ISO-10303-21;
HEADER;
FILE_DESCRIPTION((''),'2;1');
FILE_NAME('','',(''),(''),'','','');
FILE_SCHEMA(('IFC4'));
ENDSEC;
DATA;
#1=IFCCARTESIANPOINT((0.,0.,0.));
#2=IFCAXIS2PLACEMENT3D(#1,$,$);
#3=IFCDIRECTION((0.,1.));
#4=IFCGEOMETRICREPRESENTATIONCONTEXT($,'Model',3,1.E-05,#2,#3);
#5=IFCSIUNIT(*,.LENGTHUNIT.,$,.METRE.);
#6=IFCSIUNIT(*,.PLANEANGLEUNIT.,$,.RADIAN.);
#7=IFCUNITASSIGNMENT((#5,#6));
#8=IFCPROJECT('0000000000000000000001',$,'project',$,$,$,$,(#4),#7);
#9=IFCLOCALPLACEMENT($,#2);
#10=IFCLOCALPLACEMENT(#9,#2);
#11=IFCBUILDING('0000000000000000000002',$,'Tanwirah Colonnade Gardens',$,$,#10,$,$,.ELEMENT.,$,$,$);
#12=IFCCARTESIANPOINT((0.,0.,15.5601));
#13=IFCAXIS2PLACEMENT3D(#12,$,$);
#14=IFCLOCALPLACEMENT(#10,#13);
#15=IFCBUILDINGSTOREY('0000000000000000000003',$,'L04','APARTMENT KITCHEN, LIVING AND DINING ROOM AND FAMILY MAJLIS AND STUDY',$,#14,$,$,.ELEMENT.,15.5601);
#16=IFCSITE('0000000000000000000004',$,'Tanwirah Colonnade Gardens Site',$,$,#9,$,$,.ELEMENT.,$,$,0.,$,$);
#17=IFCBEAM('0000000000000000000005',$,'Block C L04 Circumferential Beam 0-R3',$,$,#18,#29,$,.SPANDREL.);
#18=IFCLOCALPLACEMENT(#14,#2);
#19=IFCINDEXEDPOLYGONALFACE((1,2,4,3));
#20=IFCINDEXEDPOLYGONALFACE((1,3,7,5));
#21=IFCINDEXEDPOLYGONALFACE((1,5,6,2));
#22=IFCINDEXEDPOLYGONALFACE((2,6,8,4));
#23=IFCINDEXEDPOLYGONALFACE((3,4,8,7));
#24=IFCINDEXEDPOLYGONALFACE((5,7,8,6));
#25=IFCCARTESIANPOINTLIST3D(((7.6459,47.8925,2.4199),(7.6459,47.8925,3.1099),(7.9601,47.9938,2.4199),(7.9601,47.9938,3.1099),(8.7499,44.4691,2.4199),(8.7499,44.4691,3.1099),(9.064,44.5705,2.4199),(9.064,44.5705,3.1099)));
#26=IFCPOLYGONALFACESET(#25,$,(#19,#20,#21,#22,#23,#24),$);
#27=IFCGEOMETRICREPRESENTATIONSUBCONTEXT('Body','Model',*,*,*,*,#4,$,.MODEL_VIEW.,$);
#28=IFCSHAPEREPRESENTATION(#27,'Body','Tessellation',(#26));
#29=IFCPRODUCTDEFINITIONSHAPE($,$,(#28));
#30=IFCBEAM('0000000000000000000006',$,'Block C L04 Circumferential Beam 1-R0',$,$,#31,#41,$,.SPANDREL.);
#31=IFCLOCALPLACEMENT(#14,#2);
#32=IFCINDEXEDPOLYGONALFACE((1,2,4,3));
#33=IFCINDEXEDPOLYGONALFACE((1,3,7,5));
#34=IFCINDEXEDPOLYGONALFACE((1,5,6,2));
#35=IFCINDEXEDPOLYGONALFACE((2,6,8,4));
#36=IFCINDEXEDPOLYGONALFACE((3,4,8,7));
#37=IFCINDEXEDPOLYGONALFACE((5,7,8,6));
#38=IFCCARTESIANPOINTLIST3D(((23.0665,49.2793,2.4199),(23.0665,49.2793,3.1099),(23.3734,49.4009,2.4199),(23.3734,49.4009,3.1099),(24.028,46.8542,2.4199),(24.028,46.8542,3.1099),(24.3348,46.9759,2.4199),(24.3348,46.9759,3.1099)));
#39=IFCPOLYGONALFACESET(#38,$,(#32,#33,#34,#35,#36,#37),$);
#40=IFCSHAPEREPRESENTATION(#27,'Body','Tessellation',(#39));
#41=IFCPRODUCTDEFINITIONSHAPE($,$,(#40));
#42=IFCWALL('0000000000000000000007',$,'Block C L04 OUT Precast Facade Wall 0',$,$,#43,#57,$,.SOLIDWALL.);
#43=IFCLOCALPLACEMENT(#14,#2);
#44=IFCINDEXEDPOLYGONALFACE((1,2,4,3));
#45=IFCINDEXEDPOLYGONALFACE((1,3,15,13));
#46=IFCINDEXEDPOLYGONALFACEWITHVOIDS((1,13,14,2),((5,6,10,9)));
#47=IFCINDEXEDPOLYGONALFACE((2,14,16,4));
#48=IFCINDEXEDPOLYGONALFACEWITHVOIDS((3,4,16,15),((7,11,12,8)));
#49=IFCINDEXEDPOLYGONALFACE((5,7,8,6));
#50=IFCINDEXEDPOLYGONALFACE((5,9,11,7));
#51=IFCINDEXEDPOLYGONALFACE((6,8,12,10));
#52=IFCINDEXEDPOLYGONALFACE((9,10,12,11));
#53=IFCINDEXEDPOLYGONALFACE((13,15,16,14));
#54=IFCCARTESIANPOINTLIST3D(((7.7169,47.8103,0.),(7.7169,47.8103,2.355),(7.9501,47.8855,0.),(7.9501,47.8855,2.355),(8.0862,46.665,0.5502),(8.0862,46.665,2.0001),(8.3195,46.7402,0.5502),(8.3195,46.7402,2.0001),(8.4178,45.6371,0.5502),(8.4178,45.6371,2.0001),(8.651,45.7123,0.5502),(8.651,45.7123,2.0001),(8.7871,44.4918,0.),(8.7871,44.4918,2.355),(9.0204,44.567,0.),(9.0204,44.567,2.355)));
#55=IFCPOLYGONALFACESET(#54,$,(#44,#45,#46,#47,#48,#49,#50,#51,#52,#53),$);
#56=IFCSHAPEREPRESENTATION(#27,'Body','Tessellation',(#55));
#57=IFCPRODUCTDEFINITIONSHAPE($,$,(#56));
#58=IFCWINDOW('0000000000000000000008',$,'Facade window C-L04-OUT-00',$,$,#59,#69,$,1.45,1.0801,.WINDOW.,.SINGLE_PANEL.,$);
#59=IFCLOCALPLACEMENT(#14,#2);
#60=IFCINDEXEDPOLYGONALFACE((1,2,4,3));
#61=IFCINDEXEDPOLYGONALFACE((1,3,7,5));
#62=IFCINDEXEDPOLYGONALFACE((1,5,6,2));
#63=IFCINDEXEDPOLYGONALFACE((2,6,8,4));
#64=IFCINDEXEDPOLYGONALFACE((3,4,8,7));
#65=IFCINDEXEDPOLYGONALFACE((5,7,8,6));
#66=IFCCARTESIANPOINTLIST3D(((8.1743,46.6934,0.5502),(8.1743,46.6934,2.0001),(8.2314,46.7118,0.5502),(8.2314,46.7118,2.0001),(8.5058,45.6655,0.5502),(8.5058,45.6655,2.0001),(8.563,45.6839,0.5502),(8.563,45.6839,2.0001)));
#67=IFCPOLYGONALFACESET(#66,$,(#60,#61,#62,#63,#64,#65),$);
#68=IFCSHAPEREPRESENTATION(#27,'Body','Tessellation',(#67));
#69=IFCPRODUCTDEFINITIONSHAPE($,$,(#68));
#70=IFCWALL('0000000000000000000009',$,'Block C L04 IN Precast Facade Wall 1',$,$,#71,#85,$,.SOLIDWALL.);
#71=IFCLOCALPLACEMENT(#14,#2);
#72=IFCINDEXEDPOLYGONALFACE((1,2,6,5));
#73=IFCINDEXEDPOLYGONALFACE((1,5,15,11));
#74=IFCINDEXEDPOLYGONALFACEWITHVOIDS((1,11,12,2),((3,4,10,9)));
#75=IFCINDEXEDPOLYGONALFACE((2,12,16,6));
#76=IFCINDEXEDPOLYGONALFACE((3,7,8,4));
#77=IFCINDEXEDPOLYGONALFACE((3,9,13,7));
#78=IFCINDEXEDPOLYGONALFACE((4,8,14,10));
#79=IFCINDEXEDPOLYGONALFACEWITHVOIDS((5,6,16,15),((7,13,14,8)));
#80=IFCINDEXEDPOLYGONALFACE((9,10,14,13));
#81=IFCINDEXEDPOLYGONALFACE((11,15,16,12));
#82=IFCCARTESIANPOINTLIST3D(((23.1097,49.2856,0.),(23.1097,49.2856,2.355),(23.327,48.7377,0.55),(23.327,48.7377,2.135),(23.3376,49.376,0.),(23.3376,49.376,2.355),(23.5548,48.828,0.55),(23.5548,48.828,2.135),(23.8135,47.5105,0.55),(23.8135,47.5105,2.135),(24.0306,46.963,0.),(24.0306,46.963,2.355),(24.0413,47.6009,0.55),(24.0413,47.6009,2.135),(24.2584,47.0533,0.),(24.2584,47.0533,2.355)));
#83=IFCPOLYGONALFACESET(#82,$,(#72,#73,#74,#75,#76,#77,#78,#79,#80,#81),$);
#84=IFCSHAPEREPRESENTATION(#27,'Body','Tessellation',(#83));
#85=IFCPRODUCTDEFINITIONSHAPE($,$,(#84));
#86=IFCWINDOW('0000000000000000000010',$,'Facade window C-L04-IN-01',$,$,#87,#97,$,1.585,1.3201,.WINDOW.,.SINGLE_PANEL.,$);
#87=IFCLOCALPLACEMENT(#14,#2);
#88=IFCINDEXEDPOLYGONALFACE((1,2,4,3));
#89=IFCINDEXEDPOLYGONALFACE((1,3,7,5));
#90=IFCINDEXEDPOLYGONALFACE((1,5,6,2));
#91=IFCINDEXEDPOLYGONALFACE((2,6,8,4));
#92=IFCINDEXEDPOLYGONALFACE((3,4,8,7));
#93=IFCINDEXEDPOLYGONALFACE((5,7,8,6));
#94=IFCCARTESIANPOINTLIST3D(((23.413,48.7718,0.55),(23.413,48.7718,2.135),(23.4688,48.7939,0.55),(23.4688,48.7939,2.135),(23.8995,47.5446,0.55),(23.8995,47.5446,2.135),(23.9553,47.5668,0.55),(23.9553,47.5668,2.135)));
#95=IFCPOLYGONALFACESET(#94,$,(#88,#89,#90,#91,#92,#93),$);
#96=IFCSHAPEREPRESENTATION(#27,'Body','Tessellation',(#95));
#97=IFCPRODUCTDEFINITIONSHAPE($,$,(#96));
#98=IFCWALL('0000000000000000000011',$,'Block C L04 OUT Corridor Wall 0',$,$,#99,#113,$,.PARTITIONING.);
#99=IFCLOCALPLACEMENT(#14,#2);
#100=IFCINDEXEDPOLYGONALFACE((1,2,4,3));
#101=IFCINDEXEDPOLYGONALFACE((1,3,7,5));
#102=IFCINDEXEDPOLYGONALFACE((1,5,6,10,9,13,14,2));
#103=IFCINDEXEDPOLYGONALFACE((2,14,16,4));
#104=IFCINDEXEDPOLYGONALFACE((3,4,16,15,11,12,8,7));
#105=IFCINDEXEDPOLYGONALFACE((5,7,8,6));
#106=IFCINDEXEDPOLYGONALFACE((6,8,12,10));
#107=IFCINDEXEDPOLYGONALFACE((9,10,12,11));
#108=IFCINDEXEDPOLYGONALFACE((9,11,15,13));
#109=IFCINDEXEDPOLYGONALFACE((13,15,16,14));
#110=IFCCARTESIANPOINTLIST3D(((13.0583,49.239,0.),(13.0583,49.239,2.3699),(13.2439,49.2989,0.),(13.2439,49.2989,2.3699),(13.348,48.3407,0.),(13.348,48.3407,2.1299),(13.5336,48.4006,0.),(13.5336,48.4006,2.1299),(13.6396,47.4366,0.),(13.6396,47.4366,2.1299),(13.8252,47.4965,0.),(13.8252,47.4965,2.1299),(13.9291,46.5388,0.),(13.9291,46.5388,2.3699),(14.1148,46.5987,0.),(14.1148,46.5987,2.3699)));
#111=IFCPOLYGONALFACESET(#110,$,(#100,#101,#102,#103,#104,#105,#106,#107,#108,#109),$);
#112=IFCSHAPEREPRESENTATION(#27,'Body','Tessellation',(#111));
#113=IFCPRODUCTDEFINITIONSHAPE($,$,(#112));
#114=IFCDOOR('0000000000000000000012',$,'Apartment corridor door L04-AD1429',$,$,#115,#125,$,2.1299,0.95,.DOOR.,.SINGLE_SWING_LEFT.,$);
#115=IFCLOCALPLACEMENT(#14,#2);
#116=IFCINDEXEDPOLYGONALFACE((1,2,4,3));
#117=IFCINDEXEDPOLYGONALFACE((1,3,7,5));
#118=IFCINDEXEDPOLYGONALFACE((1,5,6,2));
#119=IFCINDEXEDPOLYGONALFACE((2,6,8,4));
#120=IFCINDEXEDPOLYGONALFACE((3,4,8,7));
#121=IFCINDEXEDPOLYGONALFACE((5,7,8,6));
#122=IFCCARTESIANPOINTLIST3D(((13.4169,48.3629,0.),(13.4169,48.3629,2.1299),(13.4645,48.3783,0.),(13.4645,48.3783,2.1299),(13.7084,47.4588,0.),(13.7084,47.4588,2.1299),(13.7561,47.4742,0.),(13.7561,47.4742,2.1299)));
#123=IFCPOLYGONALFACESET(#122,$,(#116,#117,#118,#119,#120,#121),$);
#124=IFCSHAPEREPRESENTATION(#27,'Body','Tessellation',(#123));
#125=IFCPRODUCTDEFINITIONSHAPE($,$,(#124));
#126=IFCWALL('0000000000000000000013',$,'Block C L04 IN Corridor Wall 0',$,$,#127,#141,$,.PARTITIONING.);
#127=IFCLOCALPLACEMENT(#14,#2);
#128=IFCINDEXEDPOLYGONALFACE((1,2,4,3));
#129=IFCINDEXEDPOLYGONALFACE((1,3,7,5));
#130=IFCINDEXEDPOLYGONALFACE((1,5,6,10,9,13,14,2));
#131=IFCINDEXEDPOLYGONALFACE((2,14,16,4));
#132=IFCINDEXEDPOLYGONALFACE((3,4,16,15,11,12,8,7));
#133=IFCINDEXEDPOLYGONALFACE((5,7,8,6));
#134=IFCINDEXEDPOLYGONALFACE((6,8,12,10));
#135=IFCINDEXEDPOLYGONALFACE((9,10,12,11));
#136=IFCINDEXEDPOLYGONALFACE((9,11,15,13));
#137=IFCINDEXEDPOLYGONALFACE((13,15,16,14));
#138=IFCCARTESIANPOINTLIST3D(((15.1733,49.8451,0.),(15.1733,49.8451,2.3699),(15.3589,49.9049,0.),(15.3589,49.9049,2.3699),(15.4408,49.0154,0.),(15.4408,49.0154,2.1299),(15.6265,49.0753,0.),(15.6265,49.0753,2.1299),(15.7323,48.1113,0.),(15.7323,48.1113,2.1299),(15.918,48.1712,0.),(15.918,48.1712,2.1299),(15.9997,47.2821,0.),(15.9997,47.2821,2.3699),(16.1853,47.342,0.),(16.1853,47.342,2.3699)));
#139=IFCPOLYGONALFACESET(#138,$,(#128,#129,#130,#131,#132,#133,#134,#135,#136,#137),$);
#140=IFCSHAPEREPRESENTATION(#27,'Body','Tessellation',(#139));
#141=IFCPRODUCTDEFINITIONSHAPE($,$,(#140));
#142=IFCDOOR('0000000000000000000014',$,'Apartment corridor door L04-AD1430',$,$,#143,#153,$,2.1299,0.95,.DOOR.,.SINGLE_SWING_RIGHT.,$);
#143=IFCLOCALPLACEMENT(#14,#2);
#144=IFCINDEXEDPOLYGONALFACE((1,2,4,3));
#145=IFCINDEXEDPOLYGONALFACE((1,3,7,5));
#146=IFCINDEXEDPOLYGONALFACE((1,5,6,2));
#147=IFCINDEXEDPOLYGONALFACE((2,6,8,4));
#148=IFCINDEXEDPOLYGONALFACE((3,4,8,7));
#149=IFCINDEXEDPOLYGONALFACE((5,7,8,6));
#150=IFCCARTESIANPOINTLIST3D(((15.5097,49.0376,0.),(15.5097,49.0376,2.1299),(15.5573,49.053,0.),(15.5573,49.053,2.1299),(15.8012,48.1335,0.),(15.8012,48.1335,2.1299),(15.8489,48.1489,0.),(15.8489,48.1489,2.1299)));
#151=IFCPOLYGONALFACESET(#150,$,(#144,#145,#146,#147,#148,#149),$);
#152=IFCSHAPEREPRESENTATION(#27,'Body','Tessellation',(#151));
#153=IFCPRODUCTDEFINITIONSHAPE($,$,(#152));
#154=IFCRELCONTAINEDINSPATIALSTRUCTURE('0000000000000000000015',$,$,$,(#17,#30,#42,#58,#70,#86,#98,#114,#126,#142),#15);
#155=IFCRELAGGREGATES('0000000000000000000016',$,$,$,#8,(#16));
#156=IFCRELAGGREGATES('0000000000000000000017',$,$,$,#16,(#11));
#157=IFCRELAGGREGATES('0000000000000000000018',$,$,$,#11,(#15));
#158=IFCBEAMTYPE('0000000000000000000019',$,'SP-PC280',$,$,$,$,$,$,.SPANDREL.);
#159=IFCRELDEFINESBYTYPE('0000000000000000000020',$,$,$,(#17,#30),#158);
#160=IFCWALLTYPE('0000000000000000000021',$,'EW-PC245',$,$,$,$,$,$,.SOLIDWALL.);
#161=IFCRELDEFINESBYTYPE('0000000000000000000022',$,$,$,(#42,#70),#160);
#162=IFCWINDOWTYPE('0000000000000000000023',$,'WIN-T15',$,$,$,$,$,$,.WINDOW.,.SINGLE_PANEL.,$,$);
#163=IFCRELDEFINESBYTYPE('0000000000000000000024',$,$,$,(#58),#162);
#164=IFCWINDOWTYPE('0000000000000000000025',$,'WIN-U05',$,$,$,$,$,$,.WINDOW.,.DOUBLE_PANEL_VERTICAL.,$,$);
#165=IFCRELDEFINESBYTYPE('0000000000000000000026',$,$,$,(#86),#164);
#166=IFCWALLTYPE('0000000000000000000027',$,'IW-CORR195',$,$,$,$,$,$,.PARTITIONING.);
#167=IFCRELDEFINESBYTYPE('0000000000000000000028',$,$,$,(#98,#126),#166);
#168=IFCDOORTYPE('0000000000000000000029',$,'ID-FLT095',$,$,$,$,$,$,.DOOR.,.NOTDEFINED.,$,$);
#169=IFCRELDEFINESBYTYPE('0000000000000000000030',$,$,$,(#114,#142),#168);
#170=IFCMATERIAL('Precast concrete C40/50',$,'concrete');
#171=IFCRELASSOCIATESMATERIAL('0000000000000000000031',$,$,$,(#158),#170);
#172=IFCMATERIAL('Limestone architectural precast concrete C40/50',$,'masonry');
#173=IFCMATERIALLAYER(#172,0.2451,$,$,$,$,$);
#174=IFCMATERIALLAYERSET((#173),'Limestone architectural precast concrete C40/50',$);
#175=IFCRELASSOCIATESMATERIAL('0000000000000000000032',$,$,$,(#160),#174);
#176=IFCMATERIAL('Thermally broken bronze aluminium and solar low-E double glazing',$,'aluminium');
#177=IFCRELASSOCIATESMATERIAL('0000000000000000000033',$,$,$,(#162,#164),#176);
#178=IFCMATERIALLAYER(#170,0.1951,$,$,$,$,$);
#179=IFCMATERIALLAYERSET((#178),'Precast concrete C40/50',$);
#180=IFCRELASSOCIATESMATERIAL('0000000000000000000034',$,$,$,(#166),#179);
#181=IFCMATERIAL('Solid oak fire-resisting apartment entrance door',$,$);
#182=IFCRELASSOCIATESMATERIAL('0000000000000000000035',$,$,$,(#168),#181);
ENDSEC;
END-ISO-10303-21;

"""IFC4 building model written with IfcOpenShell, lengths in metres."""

from ifc_helpers import new_model, si_unit, direction, frame, frame_2d, origin, origin_2d, place, context, subcontext, project, spatial, rectangle, extrude, material, layer, layer_set, material_profile, profile_set, type_object, element, fill, save


model = new_model("IFC4")

# Units and contexts
model_context = context("Model", 3, precision=1e-05, world=origin(), true_north=direction((0.0, 1.0)))
body_context = subcontext(model_context, "Body", "Model", "MODEL_VIEW")
ifc_project = project(units=[si_unit("LENGTHUNIT", "METRE"), si_unit("PLANEANGLEUNIT", "RADIAN")], contexts=[model_context])

# Site, building, storey
site_placement = place(None, origin())
site = spatial("IfcSite", under=ifc_project, at=site_placement, Name="Tanwirah Colonnade Gardens Site", CompositionType="ELEMENT", RefElevation=0.0)
building_placement = place(site_placement, origin())
building = spatial("IfcBuilding", under=site, at=building_placement, Name="Tanwirah Colonnade Gardens", CompositionType="ELEMENT")
storey_placement = place(building_placement, frame((0.0, 0.0, 15.5601)))
storey = spatial("IfcBuildingStorey", under=building, at=storey_placement, Name="L04", Description="APARTMENT KITCHEN, LIVING AND DINING ROOM AND FAMILY MAJLIS AND STUDY", CompositionType="ELEMENT", Elevation=15.5601)

# Shared definitions
ifc_material_1 = material(Name="Precast concrete C40/50", Category="concrete")

# Beams
ifc_material_profile_1 = material_profile(ifc_material_1, rectangle(XDim=0.3301, YDim=0.6899, at=origin_2d()), Name="PC-SP 330x690")
ifc_profile_set_1 = profile_set([ifc_material_profile_1], Name="Precast concrete C40/50")
beam_type_1 = type_object("IfcBeamType", Name="SP-PC280", PredefinedType="SPANDREL", material=ifc_profile_set_1)
beam_1_placement = place(storey_placement, frame((7.803, 47.9431, 2.7649), z_axis=(0.306927, -0.951733, 0.0), x_axis=(0.951733, 0.306927, 0.0)))
element("IfcBeam", 1, at=beam_1_placement, inside=storey, type_object=beam_type_1, Name="Block C L04 Circumferential Beam 0-R3", PredefinedType="SPANDREL", context=body_context, shape_type="SweptSolid", body=[
    extrude(rectangle(XDim=0.3301, YDim=0.6899, at=origin_2d()), origin(), (0.0, 0.0, 1.0), 3.5969),
])
beam_2_placement = place(storey_placement, frame((23.22, 49.3401, 2.7649), z_axis=(0.368549, -0.929608, 0.0), x_axis=(0.929608, 0.368549, 0.0)))
element("IfcBeam", 2, at=beam_2_placement, inside=storey, type_object=beam_type_1, Name="Block C L04 Circumferential Beam 1-R0", PredefinedType="SPANDREL", context=body_context, shape_type="SweptSolid", body=[
    extrude(rectangle(XDim=0.3301, YDim=0.6899, at=origin_2d()), origin(), (0.0, 0.0, 1.0), 2.6086),
])

# Walls, openings, windows
ifc_material_2 = material(Name="Limestone architectural precast concrete C40/50", Category="masonry")
ifc_layer_1 = layer(ifc_material_2, 0.2451)
ifc_layer_set_1 = layer_set([ifc_layer_1], Name="Limestone architectural precast concrete C40/50")
wall_type_1 = type_object("IfcWallType", Name="EW-PC245", PredefinedType="SOLIDWALL", material=ifc_layer_set_1)
wall_1_placement = place(storey_placement, frame((7.8335, 47.8479, 0.0), z_axis=(0.0, 0.0, 1.0), x_axis=(0.30695, -0.951726, 0.0)))
wall_1 = element("IfcWall", 3, at=wall_1_placement, inside=storey, type_object=wall_type_1, Name="Block C L04 OUT Precast Facade Wall 0", PredefinedType="SOLIDWALL", context=body_context, shape_type="SweptSolid", body=[
    extrude(rectangle(XDim=3.4868, YDim=0.2451, at=frame_2d((1.7434, 0.0))), origin(), (0.0, 0.0, 1.0), 2.355),
])
opening_1_placement = place(wall_1_placement, frame((1.2034, 0.0, 0.55)))
opening_1 = element("IfcOpeningElement", 4, at=opening_1_placement, cuts=wall_1, PredefinedType="OPENING", context=body_context, shape_type="SweptSolid", body=[
    extrude(rectangle(XDim=1.0801, YDim=1.45, at=frame_2d((0.54, 0.7251))), frame((0.0, 0.1326, 0.0), z_axis=(0.0, -1.0, 0.0), x_axis=(1.0, 0.0, 0.0)), (0.0, 0.0, 1.0), 0.2651),
])
ifc_material_3 = material(Name="Thermally broken bronze aluminium and solar low-E double glazing", Category="aluminium")
window_type_1 = type_object("IfcWindowType", Name="WIN-T15", PartitioningType="SINGLE_PANEL", PredefinedType="WINDOW", material=ifc_material_3)
window_1_placement = place(opening_1_placement, origin())
window_1 = element("IfcWindow", 5, at=window_1_placement, inside=storey, type_object=window_type_1, Name="Facade window C-L04-OUT-00", OverallHeight=1.45, OverallWidth=1.0801, PartitioningType="SINGLE_PANEL", PredefinedType="WINDOW", context=body_context, shape_type="SweptSolid", body=[
    extrude(rectangle(XDim=1.0801, YDim=1.45, at=frame_2d((0.54, 0.7251))), frame((0.0, 0.03, 0.0), z_axis=(0.0, -1.0, 0.0), x_axis=(1.0, 0.0, 0.0)), (0.0, 0.0, 1.0), 0.0601),
])
fill(opening_1, window_1)
wall_2_placement = place(storey_placement, frame((23.2236, 49.3308, 0.0), z_axis=(0.0, 0.0, 1.0), x_axis=(0.368559, -0.929604, 0.0)))
wall_2 = element("IfcWall", 6, at=wall_2_placement, inside=storey, type_object=wall_type_1, Name="Block C L04 IN Precast Facade Wall 1", PredefinedType="SOLIDWALL", context=body_context, shape_type="SweptSolid", body=[
    extrude(rectangle(XDim=2.4985, YDim=0.2451, at=frame_2d((1.2493, 0.0))), origin(), (0.0, 0.0, 1.0), 2.355),
])
opening_2_placement = place(wall_2_placement, frame((0.5894, 0.0, 0.55)))
opening_2 = element("IfcOpeningElement", 7, at=opening_2_placement, cuts=wall_2, PredefinedType="OPENING", context=body_context, shape_type="SweptSolid", body=[
    extrude(rectangle(XDim=1.3201, YDim=1.585, at=frame_2d((0.6602, 0.7925))), frame((0.0, 0.1326, 0.0), z_axis=(0.0, -1.0, 0.0), x_axis=(1.0, 0.0, 0.0)), (0.0, 0.0, 1.0), 0.2651),
])
window_type_2 = type_object("IfcWindowType", Name="WIN-U05", PartitioningType="DOUBLE_PANEL_VERTICAL", PredefinedType="WINDOW", material=ifc_material_3)
window_2_placement = place(opening_2_placement, origin())
window_2 = element("IfcWindow", 8, at=window_2_placement, inside=storey, type_object=window_type_2, Name="Facade window C-L04-IN-01", OverallHeight=1.585, OverallWidth=1.3201, PartitioningType="SINGLE_PANEL", PredefinedType="WINDOW", context=body_context, shape_type="SweptSolid", body=[
    extrude(rectangle(XDim=1.3201, YDim=1.585, at=frame_2d((0.6602, 0.7925))), frame((0.0, 0.03, 0.0), z_axis=(0.0, -1.0, 0.0), x_axis=(1.0, 0.0, 0.0)), (0.0, 0.0, 1.0), 0.0601),
])
fill(opening_2, window_2)

# Walls, openings, doors
ifc_layer_2 = layer(ifc_material_1, 0.1951)
ifc_layer_set_2 = layer_set([ifc_layer_2], Name="Precast concrete C40/50")
wall_type_2 = type_object("IfcWallType", Name="IW-CORR195", PredefinedType="PARTITIONING", material=ifc_layer_set_2)
wall_3_placement = place(storey_placement, frame((13.1511, 49.2688, 0.0), z_axis=(0.0, 0.0, 1.0), x_axis=(0.306945, -0.951727, 0.0)))
wall_3 = element("IfcWall", 9, at=wall_3_placement, inside=storey, type_object=wall_type_2, Name="Block C L04 OUT Corridor Wall 0", PredefinedType="PARTITIONING", context=body_context, shape_type="SweptSolid", body=[
    extrude(rectangle(XDim=2.8372, YDim=0.1951, at=frame_2d((1.4185, 0.0))), origin(), (0.0, 0.0, 1.0), 2.3699),
])
opening_3_placement = place(wall_3_placement, frame((0.9436, 0.0, 0.0)))
opening_3 = element("IfcOpeningElement", 10, at=opening_3_placement, cuts=wall_3, PredefinedType="OPENING", context=body_context, shape_type="SweptSolid", body=[
    extrude(rectangle(XDim=0.95, YDim=2.1299, at=frame_2d((0.4751, 1.0649))), frame((0.0, 0.1074, 0.0), z_axis=(0.0, -1.0, 0.0), x_axis=(1.0, 0.0, 0.0)), (0.0, 0.0, 1.0), 0.2151),
])
ifc_material_4 = material(Name="Solid oak fire-resisting apartment entrance door")
door_type = type_object("IfcDoorType", Name="ID-FLT095", OperationType="NOTDEFINED", PredefinedType="DOOR", material=ifc_material_4)
door_1_placement = place(opening_3_placement, origin())
door_1 = element("IfcDoor", 11, at=door_1_placement, inside=storey, type_object=door_type, Name="Apartment corridor door L04-AD1429", OperationType="SINGLE_SWING_LEFT", OverallHeight=2.1299, OverallWidth=0.95, PredefinedType="DOOR", context=body_context, shape_type="SweptSolid", body=[
    extrude(rectangle(XDim=0.95, YDim=2.1299, at=frame_2d((0.4751, 1.0649))), frame((0.0, 0.0249, 0.0), z_axis=(0.0, -1.0, 0.0), x_axis=(1.0, 0.0, 0.0)), (0.0, 0.0, 1.0), 0.05),
])
fill(opening_3, door_1)
wall_4_placement = place(storey_placement, frame((15.2661, 49.875, 0.0), z_axis=(0.0, 0.0, 1.0), x_axis=(0.306884, -0.951747, 0.0)))
wall_4 = element("IfcWall", 12, at=wall_4_placement, inside=storey, type_object=wall_type_2, Name="Block C L04 IN Corridor Wall 0", PredefinedType="PARTITIONING", context=body_context, shape_type="SweptSolid", body=[
    extrude(rectangle(XDim=2.6929, YDim=0.1951, at=frame_2d((1.3464, 0.0))), origin(), (0.0, 0.0, 1.0), 2.3699),
])
opening_4_placement = place(wall_4_placement, frame((0.8716, 0.0, 0.0)))
opening_4 = element("IfcOpeningElement", 13, at=opening_4_placement, cuts=wall_4, PredefinedType="OPENING", context=body_context, shape_type="SweptSolid", body=[
    extrude(rectangle(XDim=0.95, YDim=2.1299, at=frame_2d((0.4751, 1.0649))), frame((0.0, 0.1074, 0.0), z_axis=(0.0, -1.0, 0.0), x_axis=(1.0, 0.0, 0.0)), (0.0, 0.0, 1.0), 0.2151),
])
door_2_placement = place(opening_4_placement, origin())
door_2 = element("IfcDoor", 14, at=door_2_placement, inside=storey, type_object=door_type, Name="Apartment corridor door L04-AD1430", OperationType="SINGLE_SWING_RIGHT", OverallHeight=2.1299, OverallWidth=0.95, PredefinedType="DOOR", context=body_context, shape_type="SweptSolid", body=[
    extrude(rectangle(XDim=0.95, YDim=2.1299, at=frame_2d((0.4751, 1.0649))), frame((0.0, 0.0249, 0.0), z_axis=(0.0, -1.0, 0.0), x_axis=(1.0, 0.0, 0.0)), (0.0, 0.0, 1.0), 0.05),
])
fill(opening_4, door_2)

save(model, "model.ifc")
